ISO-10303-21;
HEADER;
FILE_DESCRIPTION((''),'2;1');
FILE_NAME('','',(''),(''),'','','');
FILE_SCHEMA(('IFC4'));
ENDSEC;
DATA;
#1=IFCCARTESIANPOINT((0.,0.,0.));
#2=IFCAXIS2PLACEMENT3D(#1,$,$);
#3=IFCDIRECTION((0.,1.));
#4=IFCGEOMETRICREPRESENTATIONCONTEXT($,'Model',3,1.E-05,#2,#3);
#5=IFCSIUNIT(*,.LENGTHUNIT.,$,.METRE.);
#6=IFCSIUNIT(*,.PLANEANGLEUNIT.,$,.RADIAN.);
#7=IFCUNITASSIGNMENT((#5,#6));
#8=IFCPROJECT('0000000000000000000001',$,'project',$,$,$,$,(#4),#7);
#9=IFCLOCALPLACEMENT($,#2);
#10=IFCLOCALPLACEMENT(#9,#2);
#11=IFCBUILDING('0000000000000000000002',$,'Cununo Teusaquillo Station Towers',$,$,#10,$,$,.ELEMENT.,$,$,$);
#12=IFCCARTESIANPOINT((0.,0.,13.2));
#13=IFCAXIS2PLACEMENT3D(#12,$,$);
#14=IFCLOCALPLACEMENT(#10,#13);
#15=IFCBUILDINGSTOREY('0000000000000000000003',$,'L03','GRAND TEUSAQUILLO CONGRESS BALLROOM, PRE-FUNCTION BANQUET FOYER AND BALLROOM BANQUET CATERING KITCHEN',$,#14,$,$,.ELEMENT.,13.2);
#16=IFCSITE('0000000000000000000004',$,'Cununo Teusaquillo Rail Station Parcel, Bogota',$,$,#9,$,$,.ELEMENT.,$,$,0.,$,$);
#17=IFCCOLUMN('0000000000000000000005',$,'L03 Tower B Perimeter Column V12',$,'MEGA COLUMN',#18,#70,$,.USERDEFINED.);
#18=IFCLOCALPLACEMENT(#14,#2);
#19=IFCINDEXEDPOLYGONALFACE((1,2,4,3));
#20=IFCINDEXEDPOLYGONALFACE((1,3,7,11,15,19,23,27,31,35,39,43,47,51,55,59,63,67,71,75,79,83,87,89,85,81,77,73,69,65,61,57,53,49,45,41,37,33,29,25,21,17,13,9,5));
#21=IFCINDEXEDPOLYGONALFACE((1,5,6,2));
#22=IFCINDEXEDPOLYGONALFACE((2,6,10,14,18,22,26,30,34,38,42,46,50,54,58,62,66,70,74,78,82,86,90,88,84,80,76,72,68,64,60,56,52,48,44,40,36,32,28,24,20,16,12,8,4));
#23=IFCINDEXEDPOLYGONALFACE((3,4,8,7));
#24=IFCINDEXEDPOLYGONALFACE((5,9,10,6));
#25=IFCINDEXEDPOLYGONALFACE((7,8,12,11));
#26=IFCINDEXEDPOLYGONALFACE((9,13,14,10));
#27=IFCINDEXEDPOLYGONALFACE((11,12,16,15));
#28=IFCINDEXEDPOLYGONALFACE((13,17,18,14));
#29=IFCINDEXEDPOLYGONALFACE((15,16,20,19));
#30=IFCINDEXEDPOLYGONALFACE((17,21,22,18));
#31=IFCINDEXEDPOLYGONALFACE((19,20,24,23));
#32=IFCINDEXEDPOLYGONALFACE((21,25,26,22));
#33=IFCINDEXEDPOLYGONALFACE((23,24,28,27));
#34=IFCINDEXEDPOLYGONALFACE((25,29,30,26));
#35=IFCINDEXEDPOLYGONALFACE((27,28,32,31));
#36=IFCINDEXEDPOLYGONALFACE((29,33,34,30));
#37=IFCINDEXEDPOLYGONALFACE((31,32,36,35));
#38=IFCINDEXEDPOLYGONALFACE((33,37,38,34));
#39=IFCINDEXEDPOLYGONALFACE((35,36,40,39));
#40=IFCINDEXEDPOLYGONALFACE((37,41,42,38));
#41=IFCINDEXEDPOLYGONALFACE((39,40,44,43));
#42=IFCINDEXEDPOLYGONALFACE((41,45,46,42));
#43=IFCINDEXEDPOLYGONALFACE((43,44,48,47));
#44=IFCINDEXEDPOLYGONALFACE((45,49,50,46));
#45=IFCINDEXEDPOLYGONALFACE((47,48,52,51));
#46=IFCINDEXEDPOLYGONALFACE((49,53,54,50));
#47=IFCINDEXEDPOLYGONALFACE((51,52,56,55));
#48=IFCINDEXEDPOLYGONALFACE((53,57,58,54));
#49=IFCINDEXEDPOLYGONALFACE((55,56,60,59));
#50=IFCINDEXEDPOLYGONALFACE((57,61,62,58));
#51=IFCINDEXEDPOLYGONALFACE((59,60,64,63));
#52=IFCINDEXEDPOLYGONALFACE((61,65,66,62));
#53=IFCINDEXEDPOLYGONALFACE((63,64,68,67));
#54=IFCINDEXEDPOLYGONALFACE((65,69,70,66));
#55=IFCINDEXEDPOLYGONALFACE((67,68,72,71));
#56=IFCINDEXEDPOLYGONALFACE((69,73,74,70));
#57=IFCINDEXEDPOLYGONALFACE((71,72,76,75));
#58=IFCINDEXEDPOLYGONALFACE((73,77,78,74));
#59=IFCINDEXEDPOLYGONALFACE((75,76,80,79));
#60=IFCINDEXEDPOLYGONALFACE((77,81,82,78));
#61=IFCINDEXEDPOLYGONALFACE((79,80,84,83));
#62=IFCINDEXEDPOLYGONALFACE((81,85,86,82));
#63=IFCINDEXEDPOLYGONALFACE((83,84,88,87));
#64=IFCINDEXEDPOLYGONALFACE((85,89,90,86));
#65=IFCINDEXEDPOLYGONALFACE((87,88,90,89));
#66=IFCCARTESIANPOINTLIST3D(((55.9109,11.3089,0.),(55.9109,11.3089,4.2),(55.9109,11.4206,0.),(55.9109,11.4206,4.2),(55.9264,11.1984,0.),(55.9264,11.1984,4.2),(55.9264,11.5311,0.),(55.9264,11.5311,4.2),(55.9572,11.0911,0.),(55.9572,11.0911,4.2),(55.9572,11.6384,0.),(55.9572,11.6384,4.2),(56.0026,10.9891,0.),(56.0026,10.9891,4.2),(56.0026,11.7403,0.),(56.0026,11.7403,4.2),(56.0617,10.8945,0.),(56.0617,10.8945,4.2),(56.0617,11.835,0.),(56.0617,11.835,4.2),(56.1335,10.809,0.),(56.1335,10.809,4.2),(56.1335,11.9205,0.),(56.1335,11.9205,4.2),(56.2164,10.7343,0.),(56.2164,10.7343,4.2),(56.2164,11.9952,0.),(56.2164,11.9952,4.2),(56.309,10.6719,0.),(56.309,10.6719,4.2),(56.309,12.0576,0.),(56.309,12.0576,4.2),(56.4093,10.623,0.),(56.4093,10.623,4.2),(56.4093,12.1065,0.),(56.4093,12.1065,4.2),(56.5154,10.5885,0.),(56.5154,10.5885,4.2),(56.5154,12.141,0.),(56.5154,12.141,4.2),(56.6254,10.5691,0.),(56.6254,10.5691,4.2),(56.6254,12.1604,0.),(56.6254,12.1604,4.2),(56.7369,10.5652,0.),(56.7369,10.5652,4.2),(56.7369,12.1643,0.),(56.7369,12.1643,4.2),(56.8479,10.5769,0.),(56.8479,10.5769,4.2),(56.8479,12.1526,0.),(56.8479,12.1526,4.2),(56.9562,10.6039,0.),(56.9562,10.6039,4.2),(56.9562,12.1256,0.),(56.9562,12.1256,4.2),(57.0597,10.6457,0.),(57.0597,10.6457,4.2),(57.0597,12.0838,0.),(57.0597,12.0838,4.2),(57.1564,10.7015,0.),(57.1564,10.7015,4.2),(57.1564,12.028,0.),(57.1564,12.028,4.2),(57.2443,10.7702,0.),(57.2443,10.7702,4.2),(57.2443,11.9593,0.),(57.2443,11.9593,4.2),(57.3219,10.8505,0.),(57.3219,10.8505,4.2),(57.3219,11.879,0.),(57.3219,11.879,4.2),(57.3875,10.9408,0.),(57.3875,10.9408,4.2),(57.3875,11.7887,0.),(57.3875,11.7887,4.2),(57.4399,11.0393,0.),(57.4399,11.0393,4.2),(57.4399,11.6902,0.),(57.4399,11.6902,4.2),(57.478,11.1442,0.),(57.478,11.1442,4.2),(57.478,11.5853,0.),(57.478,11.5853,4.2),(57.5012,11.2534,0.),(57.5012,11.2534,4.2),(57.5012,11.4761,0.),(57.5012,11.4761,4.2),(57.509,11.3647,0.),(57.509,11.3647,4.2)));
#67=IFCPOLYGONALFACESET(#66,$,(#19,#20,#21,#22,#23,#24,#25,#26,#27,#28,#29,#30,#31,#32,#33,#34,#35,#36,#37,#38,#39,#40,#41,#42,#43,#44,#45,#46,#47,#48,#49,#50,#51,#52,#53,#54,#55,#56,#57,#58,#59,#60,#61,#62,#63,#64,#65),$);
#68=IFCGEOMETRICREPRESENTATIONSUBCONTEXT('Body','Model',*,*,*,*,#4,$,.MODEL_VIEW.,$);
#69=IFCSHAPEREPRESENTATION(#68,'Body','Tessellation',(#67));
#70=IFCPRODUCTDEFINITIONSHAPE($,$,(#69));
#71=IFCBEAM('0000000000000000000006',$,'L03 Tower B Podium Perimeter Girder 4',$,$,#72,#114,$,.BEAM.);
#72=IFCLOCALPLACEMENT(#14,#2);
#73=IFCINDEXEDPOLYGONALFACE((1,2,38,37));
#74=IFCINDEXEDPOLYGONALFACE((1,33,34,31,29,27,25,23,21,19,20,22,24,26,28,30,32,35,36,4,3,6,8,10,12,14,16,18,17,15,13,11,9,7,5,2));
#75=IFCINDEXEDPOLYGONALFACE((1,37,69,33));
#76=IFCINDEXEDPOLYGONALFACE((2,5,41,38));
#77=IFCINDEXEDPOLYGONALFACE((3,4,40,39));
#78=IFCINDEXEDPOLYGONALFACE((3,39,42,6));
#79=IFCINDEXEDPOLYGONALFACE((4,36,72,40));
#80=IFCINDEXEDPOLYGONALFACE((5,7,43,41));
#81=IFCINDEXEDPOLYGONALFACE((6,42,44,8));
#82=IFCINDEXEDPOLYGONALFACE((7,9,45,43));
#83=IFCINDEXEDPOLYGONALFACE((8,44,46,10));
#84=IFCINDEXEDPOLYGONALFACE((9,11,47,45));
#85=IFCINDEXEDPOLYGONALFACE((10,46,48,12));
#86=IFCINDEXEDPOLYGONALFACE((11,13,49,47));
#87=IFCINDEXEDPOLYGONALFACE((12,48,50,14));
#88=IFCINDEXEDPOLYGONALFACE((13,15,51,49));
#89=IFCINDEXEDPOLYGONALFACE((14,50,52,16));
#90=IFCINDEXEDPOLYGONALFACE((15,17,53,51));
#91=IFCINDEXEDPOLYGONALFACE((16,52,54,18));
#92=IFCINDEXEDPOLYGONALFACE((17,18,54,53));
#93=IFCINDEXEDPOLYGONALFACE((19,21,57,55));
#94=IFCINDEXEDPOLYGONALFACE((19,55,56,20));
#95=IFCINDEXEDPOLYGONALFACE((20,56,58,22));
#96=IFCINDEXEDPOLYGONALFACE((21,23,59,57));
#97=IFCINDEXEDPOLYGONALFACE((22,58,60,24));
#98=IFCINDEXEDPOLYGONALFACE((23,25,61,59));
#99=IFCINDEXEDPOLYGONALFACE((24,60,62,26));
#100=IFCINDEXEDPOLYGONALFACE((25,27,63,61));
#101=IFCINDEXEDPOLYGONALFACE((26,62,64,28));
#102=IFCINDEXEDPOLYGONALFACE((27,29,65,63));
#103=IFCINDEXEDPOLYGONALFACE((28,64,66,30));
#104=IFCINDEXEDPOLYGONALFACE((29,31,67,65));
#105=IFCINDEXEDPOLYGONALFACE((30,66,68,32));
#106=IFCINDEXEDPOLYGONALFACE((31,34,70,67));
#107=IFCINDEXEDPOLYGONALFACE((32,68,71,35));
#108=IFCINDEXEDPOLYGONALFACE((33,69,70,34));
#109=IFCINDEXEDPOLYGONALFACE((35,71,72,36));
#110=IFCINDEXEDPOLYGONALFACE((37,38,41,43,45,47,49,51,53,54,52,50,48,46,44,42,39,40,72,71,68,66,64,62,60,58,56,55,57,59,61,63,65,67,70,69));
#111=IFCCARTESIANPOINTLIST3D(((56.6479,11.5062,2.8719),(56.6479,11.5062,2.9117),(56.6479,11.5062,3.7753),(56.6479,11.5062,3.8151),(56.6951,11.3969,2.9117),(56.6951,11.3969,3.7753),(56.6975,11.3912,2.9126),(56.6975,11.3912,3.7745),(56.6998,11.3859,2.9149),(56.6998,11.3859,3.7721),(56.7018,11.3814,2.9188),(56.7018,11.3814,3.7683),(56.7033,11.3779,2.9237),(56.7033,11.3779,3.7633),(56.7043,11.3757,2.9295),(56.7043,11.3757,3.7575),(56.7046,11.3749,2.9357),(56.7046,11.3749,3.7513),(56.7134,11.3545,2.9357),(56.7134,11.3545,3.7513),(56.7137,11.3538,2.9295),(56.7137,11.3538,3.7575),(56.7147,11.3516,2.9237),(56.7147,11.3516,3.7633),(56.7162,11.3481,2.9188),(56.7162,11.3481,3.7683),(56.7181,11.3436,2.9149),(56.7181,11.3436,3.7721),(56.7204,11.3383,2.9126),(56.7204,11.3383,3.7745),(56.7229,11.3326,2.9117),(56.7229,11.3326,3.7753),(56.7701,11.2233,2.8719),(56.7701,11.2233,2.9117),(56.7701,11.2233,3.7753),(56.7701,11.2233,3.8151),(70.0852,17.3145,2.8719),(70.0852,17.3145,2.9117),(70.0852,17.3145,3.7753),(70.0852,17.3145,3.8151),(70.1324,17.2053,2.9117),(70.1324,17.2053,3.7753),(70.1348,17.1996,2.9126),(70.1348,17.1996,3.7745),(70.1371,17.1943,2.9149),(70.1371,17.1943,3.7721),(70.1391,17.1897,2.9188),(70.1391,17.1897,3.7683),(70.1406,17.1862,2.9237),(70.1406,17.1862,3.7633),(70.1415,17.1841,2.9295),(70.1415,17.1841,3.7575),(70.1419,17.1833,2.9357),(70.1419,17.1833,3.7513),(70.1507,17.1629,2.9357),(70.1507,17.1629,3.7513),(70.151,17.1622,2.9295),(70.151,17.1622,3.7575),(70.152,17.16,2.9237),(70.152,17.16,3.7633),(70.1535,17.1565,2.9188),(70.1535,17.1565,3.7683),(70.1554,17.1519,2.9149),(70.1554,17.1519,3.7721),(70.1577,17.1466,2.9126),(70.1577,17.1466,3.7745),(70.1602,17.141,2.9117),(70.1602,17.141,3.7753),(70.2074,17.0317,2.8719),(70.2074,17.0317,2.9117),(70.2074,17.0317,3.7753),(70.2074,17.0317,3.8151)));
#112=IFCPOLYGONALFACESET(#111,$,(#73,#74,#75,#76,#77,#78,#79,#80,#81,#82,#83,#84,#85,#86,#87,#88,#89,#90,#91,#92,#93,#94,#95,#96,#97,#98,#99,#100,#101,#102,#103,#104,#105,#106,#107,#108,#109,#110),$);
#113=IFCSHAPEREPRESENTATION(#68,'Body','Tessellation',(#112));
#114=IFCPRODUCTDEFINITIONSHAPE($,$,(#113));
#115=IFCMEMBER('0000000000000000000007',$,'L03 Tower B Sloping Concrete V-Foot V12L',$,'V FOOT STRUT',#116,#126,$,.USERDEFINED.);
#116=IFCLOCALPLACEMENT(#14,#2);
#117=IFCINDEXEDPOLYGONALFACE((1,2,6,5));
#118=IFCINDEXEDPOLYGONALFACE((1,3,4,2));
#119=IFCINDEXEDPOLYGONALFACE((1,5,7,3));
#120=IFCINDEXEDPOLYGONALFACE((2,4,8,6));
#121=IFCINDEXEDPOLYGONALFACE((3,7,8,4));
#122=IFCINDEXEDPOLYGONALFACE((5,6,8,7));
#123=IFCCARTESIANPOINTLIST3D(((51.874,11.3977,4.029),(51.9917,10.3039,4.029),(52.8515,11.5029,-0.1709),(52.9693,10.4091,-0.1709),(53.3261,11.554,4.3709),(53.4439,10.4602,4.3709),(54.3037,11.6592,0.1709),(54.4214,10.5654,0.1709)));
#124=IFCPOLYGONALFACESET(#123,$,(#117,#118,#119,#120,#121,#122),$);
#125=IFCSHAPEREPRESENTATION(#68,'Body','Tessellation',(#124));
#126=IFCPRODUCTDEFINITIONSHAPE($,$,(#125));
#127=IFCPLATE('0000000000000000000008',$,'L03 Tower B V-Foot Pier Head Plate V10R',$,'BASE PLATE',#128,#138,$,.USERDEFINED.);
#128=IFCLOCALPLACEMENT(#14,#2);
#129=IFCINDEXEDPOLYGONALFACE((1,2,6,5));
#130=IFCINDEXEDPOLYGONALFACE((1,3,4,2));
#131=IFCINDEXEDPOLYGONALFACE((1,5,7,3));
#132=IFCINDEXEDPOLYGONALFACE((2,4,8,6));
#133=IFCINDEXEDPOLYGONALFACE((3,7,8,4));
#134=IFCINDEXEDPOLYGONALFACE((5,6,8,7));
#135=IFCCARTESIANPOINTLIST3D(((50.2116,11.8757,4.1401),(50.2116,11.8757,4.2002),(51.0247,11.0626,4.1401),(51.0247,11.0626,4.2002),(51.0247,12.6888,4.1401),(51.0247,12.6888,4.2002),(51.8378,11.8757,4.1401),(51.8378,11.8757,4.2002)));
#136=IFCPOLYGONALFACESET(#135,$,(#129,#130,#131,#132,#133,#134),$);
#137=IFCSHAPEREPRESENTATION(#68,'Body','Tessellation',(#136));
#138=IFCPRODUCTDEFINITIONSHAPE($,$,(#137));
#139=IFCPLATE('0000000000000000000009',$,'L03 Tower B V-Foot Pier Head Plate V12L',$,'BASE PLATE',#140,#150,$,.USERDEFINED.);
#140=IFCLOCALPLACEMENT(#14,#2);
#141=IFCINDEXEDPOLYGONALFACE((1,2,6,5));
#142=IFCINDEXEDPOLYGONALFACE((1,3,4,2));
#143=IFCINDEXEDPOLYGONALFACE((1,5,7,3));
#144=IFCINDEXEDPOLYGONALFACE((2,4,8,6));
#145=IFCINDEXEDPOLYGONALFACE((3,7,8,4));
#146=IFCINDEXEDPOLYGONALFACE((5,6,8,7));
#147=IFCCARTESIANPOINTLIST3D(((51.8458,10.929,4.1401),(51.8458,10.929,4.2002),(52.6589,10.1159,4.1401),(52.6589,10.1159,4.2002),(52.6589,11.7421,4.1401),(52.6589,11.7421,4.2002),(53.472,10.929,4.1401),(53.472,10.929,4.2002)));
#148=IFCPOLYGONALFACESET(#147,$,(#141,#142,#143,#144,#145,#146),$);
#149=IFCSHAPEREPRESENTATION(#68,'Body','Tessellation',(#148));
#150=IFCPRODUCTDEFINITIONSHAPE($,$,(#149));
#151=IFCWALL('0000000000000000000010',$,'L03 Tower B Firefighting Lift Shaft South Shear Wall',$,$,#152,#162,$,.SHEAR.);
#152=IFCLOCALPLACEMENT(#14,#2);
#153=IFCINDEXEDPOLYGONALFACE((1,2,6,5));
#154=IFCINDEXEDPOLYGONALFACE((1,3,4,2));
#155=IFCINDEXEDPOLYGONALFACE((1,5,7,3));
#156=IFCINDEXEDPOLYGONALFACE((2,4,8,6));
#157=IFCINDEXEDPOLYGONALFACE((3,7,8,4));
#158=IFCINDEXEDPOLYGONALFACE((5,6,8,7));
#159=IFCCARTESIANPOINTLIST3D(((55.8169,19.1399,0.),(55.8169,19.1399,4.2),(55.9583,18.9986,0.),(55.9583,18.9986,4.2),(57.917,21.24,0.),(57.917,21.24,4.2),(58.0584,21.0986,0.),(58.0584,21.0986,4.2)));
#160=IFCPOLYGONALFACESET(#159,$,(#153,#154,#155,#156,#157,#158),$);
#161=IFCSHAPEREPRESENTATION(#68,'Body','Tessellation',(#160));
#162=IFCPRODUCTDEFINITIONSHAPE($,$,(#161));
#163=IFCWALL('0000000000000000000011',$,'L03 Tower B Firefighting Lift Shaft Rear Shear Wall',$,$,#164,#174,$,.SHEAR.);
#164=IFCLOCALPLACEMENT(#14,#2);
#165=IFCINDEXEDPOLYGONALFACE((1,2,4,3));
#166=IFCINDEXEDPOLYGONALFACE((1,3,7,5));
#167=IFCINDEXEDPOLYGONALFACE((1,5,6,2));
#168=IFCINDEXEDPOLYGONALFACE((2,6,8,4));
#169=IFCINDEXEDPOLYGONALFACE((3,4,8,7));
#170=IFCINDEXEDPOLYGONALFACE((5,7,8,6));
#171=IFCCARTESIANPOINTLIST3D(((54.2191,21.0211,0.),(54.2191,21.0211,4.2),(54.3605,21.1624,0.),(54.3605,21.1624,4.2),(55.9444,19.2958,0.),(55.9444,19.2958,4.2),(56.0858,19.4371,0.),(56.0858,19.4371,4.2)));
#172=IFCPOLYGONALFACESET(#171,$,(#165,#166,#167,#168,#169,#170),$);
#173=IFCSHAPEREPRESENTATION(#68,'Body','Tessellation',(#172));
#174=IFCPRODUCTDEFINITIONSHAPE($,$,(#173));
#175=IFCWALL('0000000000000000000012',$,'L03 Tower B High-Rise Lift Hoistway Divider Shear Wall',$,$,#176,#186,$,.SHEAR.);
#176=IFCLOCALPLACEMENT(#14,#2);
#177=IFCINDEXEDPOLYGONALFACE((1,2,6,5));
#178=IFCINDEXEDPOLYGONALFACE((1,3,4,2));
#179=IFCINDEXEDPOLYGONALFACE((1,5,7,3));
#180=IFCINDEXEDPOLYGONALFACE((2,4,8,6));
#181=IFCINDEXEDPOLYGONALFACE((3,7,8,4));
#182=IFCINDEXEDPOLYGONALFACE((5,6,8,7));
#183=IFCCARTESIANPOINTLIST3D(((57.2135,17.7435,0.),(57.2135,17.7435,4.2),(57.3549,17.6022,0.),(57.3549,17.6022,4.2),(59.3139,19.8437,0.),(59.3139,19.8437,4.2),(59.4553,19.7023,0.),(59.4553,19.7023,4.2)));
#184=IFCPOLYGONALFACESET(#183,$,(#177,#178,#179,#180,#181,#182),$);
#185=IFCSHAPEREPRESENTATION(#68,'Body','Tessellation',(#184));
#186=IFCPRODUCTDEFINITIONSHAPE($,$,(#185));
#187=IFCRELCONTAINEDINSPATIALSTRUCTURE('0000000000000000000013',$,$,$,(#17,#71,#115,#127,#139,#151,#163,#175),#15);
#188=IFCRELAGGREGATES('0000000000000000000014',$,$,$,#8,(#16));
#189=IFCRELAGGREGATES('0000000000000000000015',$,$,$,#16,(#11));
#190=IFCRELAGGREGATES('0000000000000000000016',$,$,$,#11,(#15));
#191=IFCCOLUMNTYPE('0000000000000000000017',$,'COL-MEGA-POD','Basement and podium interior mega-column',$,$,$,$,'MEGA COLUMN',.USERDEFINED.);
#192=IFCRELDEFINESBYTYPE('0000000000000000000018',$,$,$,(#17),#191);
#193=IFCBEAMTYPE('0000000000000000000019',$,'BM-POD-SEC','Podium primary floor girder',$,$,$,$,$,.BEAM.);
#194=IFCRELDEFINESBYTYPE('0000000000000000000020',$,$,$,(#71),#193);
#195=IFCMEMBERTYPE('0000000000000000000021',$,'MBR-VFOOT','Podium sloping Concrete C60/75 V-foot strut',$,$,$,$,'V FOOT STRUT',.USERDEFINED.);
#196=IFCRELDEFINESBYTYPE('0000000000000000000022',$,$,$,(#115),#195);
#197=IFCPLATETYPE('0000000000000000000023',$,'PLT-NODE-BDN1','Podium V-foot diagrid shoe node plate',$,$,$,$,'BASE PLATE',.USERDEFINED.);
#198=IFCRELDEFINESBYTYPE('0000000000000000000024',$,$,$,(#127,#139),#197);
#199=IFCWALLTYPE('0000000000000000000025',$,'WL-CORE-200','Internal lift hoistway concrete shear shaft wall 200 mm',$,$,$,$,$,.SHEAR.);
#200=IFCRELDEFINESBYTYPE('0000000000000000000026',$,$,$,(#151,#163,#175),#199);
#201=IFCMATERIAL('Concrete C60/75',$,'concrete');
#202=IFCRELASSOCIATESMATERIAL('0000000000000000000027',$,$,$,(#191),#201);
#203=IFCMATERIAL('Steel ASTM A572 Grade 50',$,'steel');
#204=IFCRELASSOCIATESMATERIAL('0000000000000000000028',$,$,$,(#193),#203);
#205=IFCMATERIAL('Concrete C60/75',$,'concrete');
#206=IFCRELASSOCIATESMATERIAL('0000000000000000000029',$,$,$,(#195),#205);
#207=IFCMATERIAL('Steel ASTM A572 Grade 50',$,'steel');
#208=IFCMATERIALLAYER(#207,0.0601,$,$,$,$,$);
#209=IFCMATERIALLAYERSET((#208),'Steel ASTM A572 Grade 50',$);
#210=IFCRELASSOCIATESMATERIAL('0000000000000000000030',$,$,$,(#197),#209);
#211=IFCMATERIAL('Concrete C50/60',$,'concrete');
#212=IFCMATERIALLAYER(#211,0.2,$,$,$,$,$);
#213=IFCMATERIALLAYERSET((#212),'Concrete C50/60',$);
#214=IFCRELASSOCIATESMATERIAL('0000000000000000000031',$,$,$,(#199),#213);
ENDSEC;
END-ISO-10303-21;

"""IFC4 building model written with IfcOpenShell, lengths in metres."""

from ifc_helpers import new_model, si_unit, direction, frame, frame_2d, origin, origin_2d, place, context, subcontext, project, spatial, rectangle, circle, i_section, extrude, source, transform, mapped, material, layer, layer_set, material_profile, profile_set, type_object, element, save


model = new_model("IFC4")

# Units and contexts
model_context = context("Model", 3, precision=1e-05, world=origin(), true_north=direction((0.0, 1.0)))
body_context = subcontext(model_context, "Body", "Model", "MODEL_VIEW")
ifc_project = project(units=[si_unit("LENGTHUNIT", "METRE"), si_unit("PLANEANGLEUNIT", "RADIAN")], contexts=[model_context])

# Site, building, storey
site_placement = place(None, origin())
site = spatial("IfcSite", under=ifc_project, at=site_placement, Name="Cununo Teusaquillo Rail Station Parcel, Bogota", CompositionType="ELEMENT", RefElevation=0.0)
building_placement = place(site_placement, origin())
building = spatial("IfcBuilding", under=site, at=building_placement, Name="Cununo Teusaquillo Station Towers", CompositionType="ELEMENT")
storey_placement = place(building_placement, frame((0.0, 0.0, 13.2)))
storey = spatial("IfcBuildingStorey", under=building, at=storey_placement, Name="L03", Description="GRAND TEUSAQUILLO CONGRESS BALLROOM, PRE-FUNCTION BANQUET FOYER AND BALLROOM BANQUET CATERING KITCHEN", CompositionType="ELEMENT", Elevation=13.2)

# Column
ifc_material_1 = material(Name="Concrete C60/75", Category="concrete")
ifc_material_profile_1 = material_profile(ifc_material_1, circle(Radius=0.8, at=origin_2d()), Name="RC-CIRC-1600")
ifc_profile_set_1 = profile_set([ifc_material_profile_1], Name="Concrete C60/75")
column_type = type_object("IfcColumnType", Name="COL-MEGA-POD", Description="Basement and podium interior mega-column", ElementType="MEGA COLUMN", PredefinedType="USERDEFINED", material=ifc_profile_set_1)
column_placement = place(storey_placement, frame((56.709, 11.3647, 0.0), z_axis=(0.0, 0.0, 1.0), x_axis=(1.0, 0.0, 0.0)))
element("IfcColumn", 1, at=column_placement, inside=storey, type_object=column_type, Name="L03 Tower B Perimeter Column V12", ObjectType="MEGA COLUMN", PredefinedType="USERDEFINED", context=body_context, shape_type="SweptSolid", body=[
    extrude(circle(Radius=0.8, at=origin_2d()), origin(), (0.0, 0.0, 1.0), 4.2),
])

# Beam
ifc_material_2 = material(Name="Steel ASTM A572 Grade 50", Category="steel")
ifc_material_profile_2 = material_profile(ifc_material_2, i_section(OverallWidth=0.3081, OverallDepth=0.9431, WebThickness=0.0222, FlangeThickness=0.0398, FilletRadius=0.0239, at=origin_2d()), Name="W36X232")
ifc_profile_set_2 = profile_set([ifc_material_profile_2], Name="Steel ASTM A572 Grade 50")
beam_type = type_object("IfcBeamType", Name="BM-POD-SEC", Description="Podium primary floor girder", PredefinedType="BEAM", material=ifc_profile_set_2)
beam_placement = place(storey_placement, frame((56.709, 11.3647, 3.3435), z_axis=(0.917916, 0.396776, 0.0), x_axis=(-0.396776, 0.917916, 0.0)))
element("IfcBeam", 2, at=beam_placement, inside=storey, type_object=beam_type, Name="L03 Tower B Podium Perimeter Girder 4", PredefinedType="BEAM", context=body_context, shape_type="SweptSolid", body=[
    extrude(i_section(OverallWidth=0.3081, OverallDepth=0.9431, WebThickness=0.0222, FlangeThickness=0.0398, FilletRadius=0.0239, at=origin_2d()), origin(), (0.0, 0.0, 1.0), 14.6389),
])

# Member
ifc_material_3 = material(Name="Concrete C60/75", Category="concrete")
ifc_material_profile_3 = material_profile(ifc_material_3, rectangle(XDim=1.1001, YDim=1.5, at=origin_2d()), Name="RC-RECT-1500x1100")
ifc_profile_set_3 = profile_set([ifc_material_profile_3], Name="Concrete C60/75")
member_type = type_object("IfcMemberType", Name="MBR-VFOOT", Description="Podium sloping Concrete C60/75 V-foot strut", ElementType="V FOOT STRUT", PredefinedType="USERDEFINED", material=ifc_profile_set_3)
member_placement = place(storey_placement, frame((53.6365, 11.0342, 0.0), z_axis=(-0.226623, -0.024394, 0.973677), x_axis=(0.107024, -0.994256, 0.0)))
element("IfcMember", 3, at=member_placement, inside=storey, type_object=member_type, Name="L03 Tower B Sloping Concrete V-Foot V12L", ObjectType="V FOOT STRUT", PredefinedType="USERDEFINED", context=body_context, shape_type="SweptSolid", body=[
    extrude(rectangle(XDim=1.1001, YDim=1.5, at=origin_2d()), origin(), (0.0, 0.0, 1.0), 4.3135),
])

# Plates
ifc_material_4 = material(Name="Steel ASTM A572 Grade 50", Category="steel")
ifc_layer_1 = layer(ifc_material_4, 0.0601)
ifc_layer_set_1 = layer_set([ifc_layer_1], Name="Steel ASTM A572 Grade 50")
plate_type = type_object("IfcPlateType", Name="PLT-NODE-BDN1", Description="Podium V-foot diagrid shoe node plate", ElementType="BASE PLATE", PredefinedType="USERDEFINED", material=ifc_layer_set_1)
shared_shape_1 = source(origin(), body_context, "Body", "SweptSolid", [
    extrude(rectangle(XDim=1.1499, YDim=1.1499, at=origin_2d()), origin(), (0.0, 0.0, 1.0), 0.0601),
])
for number, where, z_axis, x_axis, name in (
    (4, (51.0247, 11.8757, 4.1401), (0.0, 0.0, 1.0), (0.707107, 0.707107, 0.0), "L03 Tower B V-Foot Pier Head Plate V10R"),
    (5, (52.6589, 10.929, 4.1401), (0.0, 0.0, 1.0), (0.707107, 0.707107, 0.0), "L03 Tower B V-Foot Pier Head Plate V12L"),
):
    element("IfcPlate", number, at=place(storey_placement, frame(where, z_axis=z_axis, x_axis=x_axis)), inside=storey, type_object=plate_type, Name=name, ObjectType="BASE PLATE", PredefinedType="USERDEFINED", context=body_context, shape_type="MappedRepresentation", body=[
        mapped(shared_shape_1, transform((0.0, 0.0, 0.0), x_axis=(1.0, 0.0, 0.0), y_axis=(0.0, 1.0, 0.0), z_axis=(0.0, 0.0, 1.0), scale=1.0)),
    ])

# Walls
ifc_material_5 = material(Name="Concrete C50/60", Category="concrete")
ifc_layer_2 = layer(ifc_material_5, 0.2)
ifc_layer_set_2 = layer_set([ifc_layer_2], Name="Concrete C50/60")
wall_type_1 = type_object("IfcWallType", Name="WL-CORE-200", Description="Internal lift hoistway concrete shear shaft wall 200 mm", PredefinedType="SHEAR", material=ifc_layer_set_2)
wall_1_placement = place(storey_placement, frame((55.8877, 19.0693, 0.0), z_axis=(0.0, 0.0, 1.0), x_axis=(0.707107, 0.707107, 0.0)))
element("IfcWall", 6, at=wall_1_placement, inside=storey, type_object=wall_type_1, Name="L03 Tower B Firefighting Lift Shaft South Shear Wall", PredefinedType="SHEAR", context=body_context, shape_type="SweptSolid", body=[
    extrude(rectangle(XDim=2.97, YDim=0.2, at=frame_2d((1.4849, 0.0))), origin(), (0.0, 0.0, 1.0), 4.2),
])
wall_2_placement = place(storey_placement, frame((56.0151, 19.3665, 0.0), z_axis=(0.0, 0.0, 1.0), x_axis=(-0.707107, 0.707107, 0.0)))
element("IfcWall", 7, at=wall_2_placement, inside=storey, type_object=wall_type_1, Name="L03 Tower B Firefighting Lift Shaft Rear Shear Wall", PredefinedType="SHEAR", context=body_context, shape_type="SweptSolid", body=[
    extrude(rectangle(XDim=2.4399, YDim=0.2, at=frame_2d((1.22, 0.0))), origin(), (0.0, 0.0, 1.0), 4.2),
])
wall_3_placement = place(storey_placement, frame((57.2842, 17.6729, 0.0), z_axis=(0.0, 0.0, 1.0), x_axis=(0.707148, 0.707066, 0.0)))
element("IfcWall", 8, at=wall_3_placement, inside=storey, type_object=wall_type_1, Name="L03 Tower B High-Rise Lift Hoistway Divider Shear Wall", PredefinedType="SHEAR", context=body_context, shape_type="SweptSolid", body=[
    extrude(rectangle(XDim=2.9702, YDim=0.2, at=frame_2d((1.4851, 0.0))), origin(), (0.0, 0.0, 1.0), 4.2),
])

save(model, "model.ifc")
